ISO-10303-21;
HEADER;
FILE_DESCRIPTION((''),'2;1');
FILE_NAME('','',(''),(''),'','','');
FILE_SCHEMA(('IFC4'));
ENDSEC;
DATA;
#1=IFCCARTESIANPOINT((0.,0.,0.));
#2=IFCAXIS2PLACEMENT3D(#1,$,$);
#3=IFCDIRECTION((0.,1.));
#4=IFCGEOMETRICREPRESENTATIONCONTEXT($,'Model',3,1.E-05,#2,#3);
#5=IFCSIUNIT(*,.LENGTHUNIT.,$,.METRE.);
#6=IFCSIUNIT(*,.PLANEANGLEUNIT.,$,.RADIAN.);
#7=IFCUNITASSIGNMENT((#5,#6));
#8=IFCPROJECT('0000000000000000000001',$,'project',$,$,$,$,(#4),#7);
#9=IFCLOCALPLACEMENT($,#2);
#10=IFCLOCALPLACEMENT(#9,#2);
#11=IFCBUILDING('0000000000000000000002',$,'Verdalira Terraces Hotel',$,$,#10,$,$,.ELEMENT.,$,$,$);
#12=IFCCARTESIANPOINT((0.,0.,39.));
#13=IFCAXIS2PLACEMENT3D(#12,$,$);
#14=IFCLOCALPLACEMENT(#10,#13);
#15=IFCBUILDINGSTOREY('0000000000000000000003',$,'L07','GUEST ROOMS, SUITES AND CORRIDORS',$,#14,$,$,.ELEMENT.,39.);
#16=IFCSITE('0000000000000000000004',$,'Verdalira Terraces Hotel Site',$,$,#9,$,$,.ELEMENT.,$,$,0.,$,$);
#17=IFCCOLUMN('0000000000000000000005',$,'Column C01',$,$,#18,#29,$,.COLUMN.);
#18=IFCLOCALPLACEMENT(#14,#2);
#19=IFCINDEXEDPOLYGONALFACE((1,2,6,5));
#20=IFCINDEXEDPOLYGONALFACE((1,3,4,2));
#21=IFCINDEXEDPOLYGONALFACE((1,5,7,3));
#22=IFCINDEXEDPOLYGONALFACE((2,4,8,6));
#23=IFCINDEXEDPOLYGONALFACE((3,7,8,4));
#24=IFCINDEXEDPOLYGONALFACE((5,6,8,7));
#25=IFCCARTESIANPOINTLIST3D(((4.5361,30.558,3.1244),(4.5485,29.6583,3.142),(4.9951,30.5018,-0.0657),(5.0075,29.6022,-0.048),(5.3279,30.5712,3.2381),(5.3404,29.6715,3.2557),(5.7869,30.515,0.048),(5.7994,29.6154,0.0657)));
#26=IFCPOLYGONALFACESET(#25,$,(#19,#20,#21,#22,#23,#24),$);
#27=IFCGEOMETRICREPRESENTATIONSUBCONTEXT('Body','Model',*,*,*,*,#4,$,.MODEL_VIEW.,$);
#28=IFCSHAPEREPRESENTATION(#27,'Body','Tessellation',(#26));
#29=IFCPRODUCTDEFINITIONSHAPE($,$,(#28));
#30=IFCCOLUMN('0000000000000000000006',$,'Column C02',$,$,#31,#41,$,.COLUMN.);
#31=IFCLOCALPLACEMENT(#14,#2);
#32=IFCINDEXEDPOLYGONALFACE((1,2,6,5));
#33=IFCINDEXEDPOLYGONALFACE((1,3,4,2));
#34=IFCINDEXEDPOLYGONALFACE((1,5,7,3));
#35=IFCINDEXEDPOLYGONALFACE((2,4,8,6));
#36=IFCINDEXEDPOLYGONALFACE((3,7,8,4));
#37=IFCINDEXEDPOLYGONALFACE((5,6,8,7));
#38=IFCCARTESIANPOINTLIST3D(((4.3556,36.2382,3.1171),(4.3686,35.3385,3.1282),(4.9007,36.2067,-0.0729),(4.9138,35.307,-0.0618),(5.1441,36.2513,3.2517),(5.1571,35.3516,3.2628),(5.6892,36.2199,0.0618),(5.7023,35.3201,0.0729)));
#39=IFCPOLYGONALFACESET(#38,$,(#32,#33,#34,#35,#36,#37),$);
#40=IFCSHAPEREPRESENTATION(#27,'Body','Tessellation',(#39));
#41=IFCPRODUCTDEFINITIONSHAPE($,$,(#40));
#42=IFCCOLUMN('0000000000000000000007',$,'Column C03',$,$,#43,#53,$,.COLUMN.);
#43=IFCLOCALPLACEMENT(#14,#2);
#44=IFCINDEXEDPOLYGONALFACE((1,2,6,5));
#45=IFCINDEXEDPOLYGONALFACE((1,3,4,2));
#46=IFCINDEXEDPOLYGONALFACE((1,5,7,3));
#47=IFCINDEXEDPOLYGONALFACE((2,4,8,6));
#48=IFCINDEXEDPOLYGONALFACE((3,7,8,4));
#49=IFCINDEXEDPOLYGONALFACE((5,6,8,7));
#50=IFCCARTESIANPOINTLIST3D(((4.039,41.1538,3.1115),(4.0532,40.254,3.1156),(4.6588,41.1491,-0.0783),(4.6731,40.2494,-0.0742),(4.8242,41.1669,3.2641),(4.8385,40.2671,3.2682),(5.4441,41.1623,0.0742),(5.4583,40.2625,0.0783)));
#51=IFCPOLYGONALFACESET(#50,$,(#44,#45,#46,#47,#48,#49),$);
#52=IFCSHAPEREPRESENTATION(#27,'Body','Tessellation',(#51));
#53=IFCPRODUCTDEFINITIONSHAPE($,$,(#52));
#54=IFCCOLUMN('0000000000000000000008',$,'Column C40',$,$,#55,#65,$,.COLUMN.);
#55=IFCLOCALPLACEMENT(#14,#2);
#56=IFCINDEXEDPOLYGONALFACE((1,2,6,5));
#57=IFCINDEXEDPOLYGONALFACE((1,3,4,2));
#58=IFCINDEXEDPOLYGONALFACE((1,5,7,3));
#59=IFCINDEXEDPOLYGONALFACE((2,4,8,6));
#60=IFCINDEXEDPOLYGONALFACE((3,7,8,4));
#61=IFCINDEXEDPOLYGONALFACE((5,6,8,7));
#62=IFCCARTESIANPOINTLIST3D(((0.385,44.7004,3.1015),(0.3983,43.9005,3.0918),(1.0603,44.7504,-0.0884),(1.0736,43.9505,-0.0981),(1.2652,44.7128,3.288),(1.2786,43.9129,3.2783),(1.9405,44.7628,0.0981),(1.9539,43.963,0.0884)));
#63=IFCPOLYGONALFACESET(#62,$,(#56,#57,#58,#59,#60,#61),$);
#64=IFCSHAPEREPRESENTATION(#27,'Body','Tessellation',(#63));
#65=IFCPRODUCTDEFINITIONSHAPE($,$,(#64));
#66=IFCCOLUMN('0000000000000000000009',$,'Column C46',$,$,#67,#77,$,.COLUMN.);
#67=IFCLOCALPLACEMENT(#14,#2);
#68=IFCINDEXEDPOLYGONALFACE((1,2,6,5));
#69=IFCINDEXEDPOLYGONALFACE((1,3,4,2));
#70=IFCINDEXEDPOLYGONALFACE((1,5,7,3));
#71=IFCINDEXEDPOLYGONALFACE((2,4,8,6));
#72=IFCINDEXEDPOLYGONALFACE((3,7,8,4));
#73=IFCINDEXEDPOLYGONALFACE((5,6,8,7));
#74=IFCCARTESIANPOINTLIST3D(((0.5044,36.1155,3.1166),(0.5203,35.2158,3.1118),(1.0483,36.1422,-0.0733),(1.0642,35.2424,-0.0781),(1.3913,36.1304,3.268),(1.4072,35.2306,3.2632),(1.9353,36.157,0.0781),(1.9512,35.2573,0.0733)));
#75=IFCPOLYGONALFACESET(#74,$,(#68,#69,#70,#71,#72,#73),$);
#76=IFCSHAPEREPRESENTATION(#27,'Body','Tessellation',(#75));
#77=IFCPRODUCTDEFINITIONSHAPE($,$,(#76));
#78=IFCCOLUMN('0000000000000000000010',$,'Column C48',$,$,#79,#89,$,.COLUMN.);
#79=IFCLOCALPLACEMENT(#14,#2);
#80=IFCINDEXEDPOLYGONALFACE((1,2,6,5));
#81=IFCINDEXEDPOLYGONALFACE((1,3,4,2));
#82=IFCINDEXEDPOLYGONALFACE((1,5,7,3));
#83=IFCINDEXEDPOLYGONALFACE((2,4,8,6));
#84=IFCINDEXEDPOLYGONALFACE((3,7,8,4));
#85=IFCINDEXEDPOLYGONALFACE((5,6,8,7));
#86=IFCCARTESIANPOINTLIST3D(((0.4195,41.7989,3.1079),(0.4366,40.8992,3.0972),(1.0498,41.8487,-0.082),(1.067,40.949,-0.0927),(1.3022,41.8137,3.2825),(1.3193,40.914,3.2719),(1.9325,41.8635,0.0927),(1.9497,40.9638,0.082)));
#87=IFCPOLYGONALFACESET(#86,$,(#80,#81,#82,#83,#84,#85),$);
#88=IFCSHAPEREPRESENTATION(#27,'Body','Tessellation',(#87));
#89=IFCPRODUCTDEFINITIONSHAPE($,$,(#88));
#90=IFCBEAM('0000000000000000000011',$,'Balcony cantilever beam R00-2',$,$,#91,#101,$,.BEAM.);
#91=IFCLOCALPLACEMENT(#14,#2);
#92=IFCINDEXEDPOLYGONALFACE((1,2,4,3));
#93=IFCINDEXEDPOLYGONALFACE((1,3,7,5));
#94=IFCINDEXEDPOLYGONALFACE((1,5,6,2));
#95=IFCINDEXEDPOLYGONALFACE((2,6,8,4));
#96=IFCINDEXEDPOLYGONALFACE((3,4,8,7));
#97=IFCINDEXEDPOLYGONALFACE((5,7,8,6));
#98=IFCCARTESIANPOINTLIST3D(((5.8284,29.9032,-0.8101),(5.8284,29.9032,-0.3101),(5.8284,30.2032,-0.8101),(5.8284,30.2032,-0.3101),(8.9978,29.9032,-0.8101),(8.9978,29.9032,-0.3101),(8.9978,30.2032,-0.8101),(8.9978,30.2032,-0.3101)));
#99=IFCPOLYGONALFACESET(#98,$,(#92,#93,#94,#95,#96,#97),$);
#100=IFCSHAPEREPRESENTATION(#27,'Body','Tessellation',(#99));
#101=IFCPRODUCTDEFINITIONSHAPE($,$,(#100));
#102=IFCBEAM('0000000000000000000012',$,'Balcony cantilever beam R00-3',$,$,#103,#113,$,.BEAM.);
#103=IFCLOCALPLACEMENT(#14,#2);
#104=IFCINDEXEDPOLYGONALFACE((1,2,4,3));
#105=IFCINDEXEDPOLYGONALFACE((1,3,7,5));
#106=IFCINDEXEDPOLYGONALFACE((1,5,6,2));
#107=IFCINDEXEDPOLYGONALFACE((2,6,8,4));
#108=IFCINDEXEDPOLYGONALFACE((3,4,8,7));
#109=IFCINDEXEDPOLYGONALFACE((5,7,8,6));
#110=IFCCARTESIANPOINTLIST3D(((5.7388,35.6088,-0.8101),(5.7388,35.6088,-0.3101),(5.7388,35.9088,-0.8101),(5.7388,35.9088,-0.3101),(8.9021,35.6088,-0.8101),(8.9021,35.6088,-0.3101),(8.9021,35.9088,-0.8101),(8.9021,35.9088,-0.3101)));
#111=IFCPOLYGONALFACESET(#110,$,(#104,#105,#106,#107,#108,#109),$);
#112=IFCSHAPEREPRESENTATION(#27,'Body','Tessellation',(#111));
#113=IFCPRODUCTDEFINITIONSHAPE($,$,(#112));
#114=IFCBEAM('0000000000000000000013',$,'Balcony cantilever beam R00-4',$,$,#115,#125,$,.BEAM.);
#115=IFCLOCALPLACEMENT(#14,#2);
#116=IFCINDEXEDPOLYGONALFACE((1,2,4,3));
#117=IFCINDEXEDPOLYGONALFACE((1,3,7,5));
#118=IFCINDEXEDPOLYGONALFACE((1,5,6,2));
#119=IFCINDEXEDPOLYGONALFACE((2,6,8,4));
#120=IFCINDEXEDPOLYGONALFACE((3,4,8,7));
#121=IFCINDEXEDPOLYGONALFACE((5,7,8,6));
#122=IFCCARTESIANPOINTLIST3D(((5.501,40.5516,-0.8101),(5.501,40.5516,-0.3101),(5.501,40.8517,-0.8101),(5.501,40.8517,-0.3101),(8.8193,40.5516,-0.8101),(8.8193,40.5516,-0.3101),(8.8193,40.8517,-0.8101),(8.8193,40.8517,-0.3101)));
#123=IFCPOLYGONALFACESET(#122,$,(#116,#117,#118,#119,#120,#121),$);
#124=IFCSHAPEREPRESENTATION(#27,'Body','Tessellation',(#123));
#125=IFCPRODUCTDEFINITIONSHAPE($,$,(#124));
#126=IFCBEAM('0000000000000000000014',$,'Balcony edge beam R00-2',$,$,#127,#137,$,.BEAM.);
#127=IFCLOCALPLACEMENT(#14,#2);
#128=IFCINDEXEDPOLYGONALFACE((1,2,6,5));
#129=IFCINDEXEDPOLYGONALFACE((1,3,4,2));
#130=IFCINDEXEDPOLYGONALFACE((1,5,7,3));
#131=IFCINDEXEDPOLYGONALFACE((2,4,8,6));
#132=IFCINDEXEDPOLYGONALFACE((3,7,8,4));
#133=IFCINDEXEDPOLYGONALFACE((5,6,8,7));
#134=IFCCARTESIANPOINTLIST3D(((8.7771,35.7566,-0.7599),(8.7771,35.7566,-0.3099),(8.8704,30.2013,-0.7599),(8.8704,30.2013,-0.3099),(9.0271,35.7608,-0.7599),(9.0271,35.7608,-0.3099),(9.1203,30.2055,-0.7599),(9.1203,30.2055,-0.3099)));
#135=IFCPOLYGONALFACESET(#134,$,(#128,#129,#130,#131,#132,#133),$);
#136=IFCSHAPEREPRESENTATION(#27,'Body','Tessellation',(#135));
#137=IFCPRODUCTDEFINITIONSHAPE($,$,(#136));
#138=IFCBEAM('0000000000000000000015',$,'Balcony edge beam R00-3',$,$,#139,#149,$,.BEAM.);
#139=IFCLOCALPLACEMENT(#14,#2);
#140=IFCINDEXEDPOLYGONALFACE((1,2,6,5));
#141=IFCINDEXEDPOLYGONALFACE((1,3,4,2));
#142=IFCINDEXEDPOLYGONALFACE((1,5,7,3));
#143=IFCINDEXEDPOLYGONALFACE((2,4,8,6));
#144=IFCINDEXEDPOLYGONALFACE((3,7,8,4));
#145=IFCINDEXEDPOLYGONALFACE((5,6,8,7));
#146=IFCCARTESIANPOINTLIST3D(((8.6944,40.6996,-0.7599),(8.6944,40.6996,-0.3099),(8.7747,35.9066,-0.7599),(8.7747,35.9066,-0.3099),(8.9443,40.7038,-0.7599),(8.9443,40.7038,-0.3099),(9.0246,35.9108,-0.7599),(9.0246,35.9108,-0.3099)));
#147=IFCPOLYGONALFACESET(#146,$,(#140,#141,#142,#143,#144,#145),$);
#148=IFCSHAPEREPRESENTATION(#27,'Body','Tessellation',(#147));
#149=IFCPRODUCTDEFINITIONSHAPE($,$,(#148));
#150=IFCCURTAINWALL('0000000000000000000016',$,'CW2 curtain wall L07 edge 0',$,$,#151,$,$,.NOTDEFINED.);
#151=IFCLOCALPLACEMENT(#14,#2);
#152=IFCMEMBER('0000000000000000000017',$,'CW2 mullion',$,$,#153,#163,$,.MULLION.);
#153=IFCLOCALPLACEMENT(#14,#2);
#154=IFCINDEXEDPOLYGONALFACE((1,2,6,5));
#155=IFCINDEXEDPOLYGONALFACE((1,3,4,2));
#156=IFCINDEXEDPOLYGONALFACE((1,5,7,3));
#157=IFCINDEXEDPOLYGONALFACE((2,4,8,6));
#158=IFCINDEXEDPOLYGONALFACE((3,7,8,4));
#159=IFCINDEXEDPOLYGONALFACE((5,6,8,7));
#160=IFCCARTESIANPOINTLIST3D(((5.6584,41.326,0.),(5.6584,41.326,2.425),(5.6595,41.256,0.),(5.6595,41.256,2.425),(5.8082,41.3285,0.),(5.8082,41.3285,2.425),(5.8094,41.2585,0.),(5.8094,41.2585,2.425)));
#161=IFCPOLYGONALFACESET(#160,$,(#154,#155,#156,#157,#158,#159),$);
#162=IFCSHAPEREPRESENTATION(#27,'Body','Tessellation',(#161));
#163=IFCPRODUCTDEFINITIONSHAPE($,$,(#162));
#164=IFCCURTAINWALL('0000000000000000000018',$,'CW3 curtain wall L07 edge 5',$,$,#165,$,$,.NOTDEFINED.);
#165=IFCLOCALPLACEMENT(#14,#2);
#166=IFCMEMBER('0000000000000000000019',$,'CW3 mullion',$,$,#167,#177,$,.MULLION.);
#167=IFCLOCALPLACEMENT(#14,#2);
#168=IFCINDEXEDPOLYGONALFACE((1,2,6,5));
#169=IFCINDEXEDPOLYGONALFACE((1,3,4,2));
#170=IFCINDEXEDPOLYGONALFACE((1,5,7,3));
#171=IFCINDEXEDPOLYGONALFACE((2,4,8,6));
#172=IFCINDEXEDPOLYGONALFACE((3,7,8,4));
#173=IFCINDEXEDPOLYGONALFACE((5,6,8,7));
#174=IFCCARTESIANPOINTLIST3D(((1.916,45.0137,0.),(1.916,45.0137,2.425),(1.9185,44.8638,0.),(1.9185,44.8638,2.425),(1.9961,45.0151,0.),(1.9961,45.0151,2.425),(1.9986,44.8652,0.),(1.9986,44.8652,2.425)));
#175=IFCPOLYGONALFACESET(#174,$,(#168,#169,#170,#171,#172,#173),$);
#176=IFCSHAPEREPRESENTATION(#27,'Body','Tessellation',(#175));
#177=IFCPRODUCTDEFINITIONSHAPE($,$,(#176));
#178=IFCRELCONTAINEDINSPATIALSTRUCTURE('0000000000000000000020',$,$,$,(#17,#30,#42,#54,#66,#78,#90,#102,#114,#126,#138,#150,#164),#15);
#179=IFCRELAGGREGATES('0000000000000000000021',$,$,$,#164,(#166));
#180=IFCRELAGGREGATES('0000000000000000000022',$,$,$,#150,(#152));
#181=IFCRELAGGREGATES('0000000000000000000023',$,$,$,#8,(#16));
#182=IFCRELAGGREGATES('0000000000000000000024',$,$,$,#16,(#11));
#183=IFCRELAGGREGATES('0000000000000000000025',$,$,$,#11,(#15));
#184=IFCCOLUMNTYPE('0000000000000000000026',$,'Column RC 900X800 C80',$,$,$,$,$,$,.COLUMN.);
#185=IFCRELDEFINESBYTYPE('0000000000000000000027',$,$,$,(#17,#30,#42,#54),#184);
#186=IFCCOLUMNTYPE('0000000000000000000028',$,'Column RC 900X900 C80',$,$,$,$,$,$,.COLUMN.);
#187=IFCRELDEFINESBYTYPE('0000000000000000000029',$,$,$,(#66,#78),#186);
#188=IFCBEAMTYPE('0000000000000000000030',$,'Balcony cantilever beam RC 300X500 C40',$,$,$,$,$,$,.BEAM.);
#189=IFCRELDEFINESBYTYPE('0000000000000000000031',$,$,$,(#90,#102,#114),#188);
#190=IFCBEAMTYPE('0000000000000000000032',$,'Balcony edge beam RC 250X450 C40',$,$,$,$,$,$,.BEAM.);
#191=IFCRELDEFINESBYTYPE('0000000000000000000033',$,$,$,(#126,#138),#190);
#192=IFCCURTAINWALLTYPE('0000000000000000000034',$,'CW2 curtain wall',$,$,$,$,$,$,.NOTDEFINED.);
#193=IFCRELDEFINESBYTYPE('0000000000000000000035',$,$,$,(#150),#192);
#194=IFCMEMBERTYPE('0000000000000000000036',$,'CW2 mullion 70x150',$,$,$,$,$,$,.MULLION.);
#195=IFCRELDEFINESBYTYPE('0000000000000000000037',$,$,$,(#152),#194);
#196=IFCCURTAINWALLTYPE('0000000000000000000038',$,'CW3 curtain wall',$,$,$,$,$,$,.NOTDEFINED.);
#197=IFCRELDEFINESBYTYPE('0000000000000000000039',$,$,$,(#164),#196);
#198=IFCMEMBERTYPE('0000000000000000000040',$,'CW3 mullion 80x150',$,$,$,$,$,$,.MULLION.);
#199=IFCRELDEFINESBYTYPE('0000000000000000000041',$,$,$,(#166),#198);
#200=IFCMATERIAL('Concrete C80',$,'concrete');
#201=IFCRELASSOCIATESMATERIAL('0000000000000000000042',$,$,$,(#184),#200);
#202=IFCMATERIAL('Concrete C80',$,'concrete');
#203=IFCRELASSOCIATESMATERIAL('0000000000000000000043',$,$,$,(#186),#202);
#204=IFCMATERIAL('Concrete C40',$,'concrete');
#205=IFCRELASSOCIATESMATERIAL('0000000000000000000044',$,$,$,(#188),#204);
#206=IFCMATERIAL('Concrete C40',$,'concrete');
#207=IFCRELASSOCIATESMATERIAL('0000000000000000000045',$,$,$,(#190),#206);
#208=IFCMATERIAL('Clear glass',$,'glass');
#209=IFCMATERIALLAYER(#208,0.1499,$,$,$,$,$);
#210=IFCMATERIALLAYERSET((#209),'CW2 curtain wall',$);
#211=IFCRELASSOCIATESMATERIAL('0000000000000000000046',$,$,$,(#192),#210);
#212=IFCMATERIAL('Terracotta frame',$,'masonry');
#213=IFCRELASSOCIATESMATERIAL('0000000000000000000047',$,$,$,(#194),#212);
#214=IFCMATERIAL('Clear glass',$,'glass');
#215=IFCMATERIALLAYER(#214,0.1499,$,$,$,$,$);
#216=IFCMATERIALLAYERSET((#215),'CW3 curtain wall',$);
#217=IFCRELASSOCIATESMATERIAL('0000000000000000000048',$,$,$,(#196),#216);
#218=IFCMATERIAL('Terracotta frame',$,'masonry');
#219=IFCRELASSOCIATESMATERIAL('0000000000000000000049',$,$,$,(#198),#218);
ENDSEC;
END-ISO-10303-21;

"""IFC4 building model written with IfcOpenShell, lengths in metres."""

from ifc_helpers import new_model, si_unit, direction, frame, origin, origin_2d, place, context, subcontext, project, spatial, rectangle, extrude, material, layer, layer_set, material_profile, profile_set, type_object, element, aggregate, save


model = new_model("IFC4")

# Units and contexts
model_context = context("Model", 3, precision=1e-05, world=origin(), true_north=direction((0.0, 1.0)))
body_context = subcontext(model_context, "Body", "Model", "MODEL_VIEW")
ifc_project = project(units=[si_unit("LENGTHUNIT", "METRE"), si_unit("PLANEANGLEUNIT", "RADIAN")], contexts=[model_context])

# Site, building, storey
site_placement = place(None, origin())
site = spatial("IfcSite", under=ifc_project, at=site_placement, Name="Verdalira Terraces Hotel Site", CompositionType="ELEMENT", RefElevation=0.0)
building_placement = place(site_placement, origin())
building = spatial("IfcBuilding", under=site, at=building_placement, Name="Verdalira Terraces Hotel", CompositionType="ELEMENT")
storey_placement = place(building_placement, frame((0.0, 0.0, 39.0)))
storey = spatial("IfcBuildingStorey", under=building, at=storey_placement, Name="L07", Description="GUEST ROOMS, SUITES AND CORRIDORS", CompositionType="ELEMENT", Elevation=39.0)

# Columns
ifc_material_1 = material(Name="Concrete C80", Category="concrete")
ifc_material_profile_1 = material_profile(ifc_material_1, rectangle(XDim=0.8999, YDim=0.8, at=origin_2d()), Name="RC 900X800")
ifc_profile_set_1 = profile_set([ifc_material_profile_1], Name="Concrete C80")
column_type_1 = type_object("IfcColumnType", Name="Column RC 900X800 C80", PredefinedType="COLUMN", material=ifc_profile_set_1)
column_1_placement = place(storey_placement, frame((5.3972, 30.0586, 0.0), z_axis=(-0.142397, 0.017421, 0.989656), x_axis=(-0.013832, 0.999712, -0.019588)))
element("IfcColumn", 1, at=column_1_placement, inside=storey, type_object=column_type_1, Name="Column C01", PredefinedType="COLUMN", context=body_context, shape_type="SweptSolid", body=[
    extrude(rectangle(XDim=0.8999, YDim=0.8, at=origin_2d()), origin(), (0.0, 0.0, 1.0), 3.2234),
])
column_2_placement = place(storey_placement, frame((5.3015, 35.7634, 0.0), z_axis=(-0.168451, 0.009731, 0.985662), x_axis=(-0.01452, 0.999818, -0.012353)))
element("IfcColumn", 2, at=column_2_placement, inside=storey, type_object=column_type_1, Name="Column C02", PredefinedType="COLUMN", context=body_context, shape_type="SweptSolid", body=[
    extrude(rectangle(XDim=0.8999, YDim=0.8, at=origin_2d()), origin(), (0.0, 0.0, 1.0), 3.2363),
])
column_3_placement = place(storey_placement, frame((5.0586, 40.7058, 0.0), z_axis=(-0.190753, 0.001427, 0.981637), x_axis=(-0.015841, 0.999864, -0.004532)))
element("IfcColumn", 3, at=column_3_placement, inside=storey, type_object=column_type_1, Name="Column C03", PredefinedType="COLUMN", context=body_context, shape_type="SweptSolid", body=[
    extrude(rectangle(XDim=0.8999, YDim=0.8, at=origin_2d()), origin(), (0.0, 0.0, 1.0), 3.2495),
])
column_4_placement = place(storey_placement, frame((1.5071, 44.3567, 0.0), z_axis=(-0.20708, -0.015348, 0.978204), x_axis=(-0.978181, -0.013821, -0.207292)))
element("IfcColumn", 4, at=column_4_placement, inside=storey, type_object=column_type_1, Name="Column C40", PredefinedType="COLUMN", context=body_context, shape_type="SweptSolid", body=[
    extrude(rectangle(XDim=0.8999, YDim=0.8, at=origin_2d()), origin(), (0.0, 0.0, 1.0), 3.261),
])
ifc_material_2 = material(Name="Concrete C80", Category="concrete")
ifc_material_profile_2 = material_profile(ifc_material_2, rectangle(XDim=0.8999, YDim=0.8999, at=origin_2d()), Name="RC 900X900")
ifc_profile_set_2 = profile_set([ifc_material_profile_2], Name="Concrete C80")
column_type_2 = type_object("IfcColumnType", Name="Column RC 900X900 C80", PredefinedType="COLUMN", material=ifc_profile_set_2)
column_5_placement = place(storey_placement, frame((1.4998, 35.6997, 0.0), z_axis=(-0.168087, -0.008223, 0.985738), x_axis=(-0.01765, 0.99983, 0.005331)))
element("IfcColumn", 5, at=column_5_placement, inside=storey, type_object=column_type_2, Name="Column C46", PredefinedType="COLUMN", context=body_context, shape_type="SweptSolid", body=[
    extrude(rectangle(XDim=0.8999, YDim=0.8999, at=origin_2d()), origin(), (0.0, 0.0, 1.0), 3.2361),
])
column_6_placement = place(storey_placement, frame((1.4998, 41.4062, 0.0), z_axis=(-0.19384, -0.015315, 0.980914), x_axis=(-0.019056, 0.999748, 0.011843)))
element("IfcColumn", 6, at=column_6_placement, inside=storey, type_object=column_type_2, Name="Column C48", PredefinedType="COLUMN", context=body_context, shape_type="SweptSolid", body=[
    extrude(rectangle(XDim=0.8999, YDim=0.8999, at=origin_2d()), origin(), (0.0, 0.0, 1.0), 3.252),
])

# Beams
ifc_material_3 = material(Name="Concrete C40", Category="concrete")
ifc_material_profile_3 = material_profile(ifc_material_3, rectangle(XDim=0.3, YDim=0.5, at=origin_2d()), Name="RC 300X500")
ifc_profile_set_3 = profile_set([ifc_material_profile_3], Name="Concrete C40")
beam_type_1 = type_object("IfcBeamType", Name="Balcony cantilever beam RC 300X500 C40", PredefinedType="BEAM", material=ifc_profile_set_3)
beam_1_placement = place(storey_placement, frame((5.8284, 30.0532, -0.5601), z_axis=(1.0, 0.0, 0.0), x_axis=(0.0, 1.0, 0.0)))
element("IfcBeam", 7, at=beam_1_placement, inside=storey, type_object=beam_type_1, Name="Balcony cantilever beam R00-2", PredefinedType="BEAM", context=body_context, shape_type="SweptSolid", body=[
    extrude(rectangle(XDim=0.3, YDim=0.5, at=origin_2d()), origin(), (0.0, 0.0, 1.0), 3.1694),
])
beam_2_placement = place(storey_placement, frame((5.7388, 35.7588, -0.5601), z_axis=(1.0, 0.0, 0.0), x_axis=(0.0, 1.0, 0.0)))
element("IfcBeam", 8, at=beam_2_placement, inside=storey, type_object=beam_type_1, Name="Balcony cantilever beam R00-3", PredefinedType="BEAM", context=body_context, shape_type="SweptSolid", body=[
    extrude(rectangle(XDim=0.3, YDim=0.5, at=origin_2d()), origin(), (0.0, 0.0, 1.0), 3.1633),
])
beam_3_placement = place(storey_placement, frame((5.501, 40.7017, -0.5601), z_axis=(1.0, 0.0, 0.0), x_axis=(0.0, 1.0, 0.0)))
element("IfcBeam", 9, at=beam_3_placement, inside=storey, type_object=beam_type_1, Name="Balcony cantilever beam R00-4", PredefinedType="BEAM", context=body_context, shape_type="SweptSolid", body=[
    extrude(rectangle(XDim=0.3, YDim=0.5, at=origin_2d()), origin(), (0.0, 0.0, 1.0), 3.3184),
])
ifc_material_4 = material(Name="Concrete C40", Category="concrete")
ifc_material_profile_4 = material_profile(ifc_material_4, rectangle(XDim=0.25, YDim=0.45, at=origin_2d()), Name="RC 250X450")
ifc_profile_set_4 = profile_set([ifc_material_profile_4], Name="Concrete C40")
beam_type_2 = type_object("IfcBeamType", Name="Balcony edge beam RC 250X450 C40", PredefinedType="BEAM", material=ifc_profile_set_4)
beam_4_placement = place(storey_placement, frame((8.9954, 30.2034, -0.5349), z_axis=(-0.016785, 0.999859, 0.0), x_axis=(-0.999859, -0.016785, 0.0)))
element("IfcBeam", 10, at=beam_4_placement, inside=storey, type_object=beam_type_2, Name="Balcony edge beam R00-2", PredefinedType="BEAM", context=body_context, shape_type="SweptSolid", body=[
    extrude(rectangle(XDim=0.25, YDim=0.45, at=origin_2d()), origin(), (0.0, 0.0, 1.0), 5.5562),
])
beam_5_placement = place(storey_placement, frame((8.8997, 35.9087, -0.5349), z_axis=(-0.016756, 0.99986, 0.0), x_axis=(-0.99986, -0.016756, 0.0)))
element("IfcBeam", 11, at=beam_5_placement, inside=storey, type_object=beam_type_2, Name="Balcony edge beam R00-3", PredefinedType="BEAM", context=body_context, shape_type="SweptSolid", body=[
    extrude(rectangle(XDim=0.25, YDim=0.45, at=origin_2d()), origin(), (0.0, 0.0, 1.0), 4.7937),
])

# Curtain wall, member
ifc_material_5 = material(Name="Clear glass", Category="glass")
ifc_layer_1 = layer(ifc_material_5, 0.1499)
ifc_layer_set_1 = layer_set([ifc_layer_1], Name="CW2 curtain wall")
curtain_wall_type_1 = type_object("IfcCurtainWallType", Name="CW2 curtain wall", PredefinedType="NOTDEFINED", material=ifc_layer_set_1)
curtain_wall_1_placement = place(storey_placement, origin())
curtain_wall_1 = element("IfcCurtainWall", 12, at=curtain_wall_1_placement, inside=storey, type_object=curtain_wall_type_1, Name="CW2 curtain wall L07 edge 0", PredefinedType="NOTDEFINED")
ifc_material_6 = material(Name="Terracotta frame", Category="masonry")
ifc_material_profile_5 = material_profile(ifc_material_6, rectangle(XDim=0.0701, YDim=0.1499, at=origin_2d()), Name="MU 70x150")
ifc_profile_set_5 = profile_set([ifc_material_profile_5], Name="Terracotta frame")
member_type_1 = type_object("IfcMemberType", Name="CW2 mullion 70x150", PredefinedType="MULLION", material=ifc_profile_set_5)
member_1_placement = place(storey_placement, frame((5.7339, 41.2922, 0.0), z_axis=(0.0, 0.0, 1.0), x_axis=(-0.016754, 0.99986, 0.0)))
member_1 = element("IfcMember", 13, at=member_1_placement, type_object=member_type_1, Name="CW2 mullion", PredefinedType="MULLION", context=body_context, shape_type="SweptSolid", body=[
    extrude(rectangle(XDim=0.0701, YDim=0.1499, at=origin_2d()), origin(), (0.0, 0.0, 1.0), 2.425),
])

# Curtain wall, member
ifc_material_7 = material(Name="Clear glass", Category="glass")
ifc_layer_2 = layer(ifc_material_7, 0.1499)
ifc_layer_set_2 = layer_set([ifc_layer_2], Name="CW3 curtain wall")
curtain_wall_type_2 = type_object("IfcCurtainWallType", Name="CW3 curtain wall", PredefinedType="NOTDEFINED", material=ifc_layer_set_2)
curtain_wall_2_placement = place(storey_placement, origin())
curtain_wall_2 = element("IfcCurtainWall", 14, at=curtain_wall_2_placement, inside=storey, type_object=curtain_wall_type_2, Name="CW3 curtain wall L07 edge 5", PredefinedType="NOTDEFINED")
ifc_material_8 = material(Name="Terracotta frame", Category="masonry")
ifc_material_profile_6 = material_profile(ifc_material_8, rectangle(XDim=0.0801, YDim=0.1499, at=origin_2d()), Name="MU 80x150")
ifc_profile_set_6 = profile_set([ifc_material_profile_6], Name="Terracotta frame")
member_type_2 = type_object("IfcMemberType", Name="CW3 mullion 80x150", PredefinedType="MULLION", material=ifc_profile_set_6)
member_2_placement = place(storey_placement, frame((1.9573, 44.9395, 0.0), z_axis=(0.0, 0.0, 1.0), x_axis=(-0.99986, -0.016754, 0.0)))
member_2 = element("IfcMember", 15, at=member_2_placement, type_object=member_type_2, Name="CW3 mullion", PredefinedType="MULLION", context=body_context, shape_type="SweptSolid", body=[
    extrude(rectangle(XDim=0.0801, YDim=0.1499, at=origin_2d()), origin(), (0.0, 0.0, 1.0), 2.425),
])
aggregate(curtain_wall_2, [member_2])

aggregate(curtain_wall_1, [member_1])

save(model, "model.ifc")
